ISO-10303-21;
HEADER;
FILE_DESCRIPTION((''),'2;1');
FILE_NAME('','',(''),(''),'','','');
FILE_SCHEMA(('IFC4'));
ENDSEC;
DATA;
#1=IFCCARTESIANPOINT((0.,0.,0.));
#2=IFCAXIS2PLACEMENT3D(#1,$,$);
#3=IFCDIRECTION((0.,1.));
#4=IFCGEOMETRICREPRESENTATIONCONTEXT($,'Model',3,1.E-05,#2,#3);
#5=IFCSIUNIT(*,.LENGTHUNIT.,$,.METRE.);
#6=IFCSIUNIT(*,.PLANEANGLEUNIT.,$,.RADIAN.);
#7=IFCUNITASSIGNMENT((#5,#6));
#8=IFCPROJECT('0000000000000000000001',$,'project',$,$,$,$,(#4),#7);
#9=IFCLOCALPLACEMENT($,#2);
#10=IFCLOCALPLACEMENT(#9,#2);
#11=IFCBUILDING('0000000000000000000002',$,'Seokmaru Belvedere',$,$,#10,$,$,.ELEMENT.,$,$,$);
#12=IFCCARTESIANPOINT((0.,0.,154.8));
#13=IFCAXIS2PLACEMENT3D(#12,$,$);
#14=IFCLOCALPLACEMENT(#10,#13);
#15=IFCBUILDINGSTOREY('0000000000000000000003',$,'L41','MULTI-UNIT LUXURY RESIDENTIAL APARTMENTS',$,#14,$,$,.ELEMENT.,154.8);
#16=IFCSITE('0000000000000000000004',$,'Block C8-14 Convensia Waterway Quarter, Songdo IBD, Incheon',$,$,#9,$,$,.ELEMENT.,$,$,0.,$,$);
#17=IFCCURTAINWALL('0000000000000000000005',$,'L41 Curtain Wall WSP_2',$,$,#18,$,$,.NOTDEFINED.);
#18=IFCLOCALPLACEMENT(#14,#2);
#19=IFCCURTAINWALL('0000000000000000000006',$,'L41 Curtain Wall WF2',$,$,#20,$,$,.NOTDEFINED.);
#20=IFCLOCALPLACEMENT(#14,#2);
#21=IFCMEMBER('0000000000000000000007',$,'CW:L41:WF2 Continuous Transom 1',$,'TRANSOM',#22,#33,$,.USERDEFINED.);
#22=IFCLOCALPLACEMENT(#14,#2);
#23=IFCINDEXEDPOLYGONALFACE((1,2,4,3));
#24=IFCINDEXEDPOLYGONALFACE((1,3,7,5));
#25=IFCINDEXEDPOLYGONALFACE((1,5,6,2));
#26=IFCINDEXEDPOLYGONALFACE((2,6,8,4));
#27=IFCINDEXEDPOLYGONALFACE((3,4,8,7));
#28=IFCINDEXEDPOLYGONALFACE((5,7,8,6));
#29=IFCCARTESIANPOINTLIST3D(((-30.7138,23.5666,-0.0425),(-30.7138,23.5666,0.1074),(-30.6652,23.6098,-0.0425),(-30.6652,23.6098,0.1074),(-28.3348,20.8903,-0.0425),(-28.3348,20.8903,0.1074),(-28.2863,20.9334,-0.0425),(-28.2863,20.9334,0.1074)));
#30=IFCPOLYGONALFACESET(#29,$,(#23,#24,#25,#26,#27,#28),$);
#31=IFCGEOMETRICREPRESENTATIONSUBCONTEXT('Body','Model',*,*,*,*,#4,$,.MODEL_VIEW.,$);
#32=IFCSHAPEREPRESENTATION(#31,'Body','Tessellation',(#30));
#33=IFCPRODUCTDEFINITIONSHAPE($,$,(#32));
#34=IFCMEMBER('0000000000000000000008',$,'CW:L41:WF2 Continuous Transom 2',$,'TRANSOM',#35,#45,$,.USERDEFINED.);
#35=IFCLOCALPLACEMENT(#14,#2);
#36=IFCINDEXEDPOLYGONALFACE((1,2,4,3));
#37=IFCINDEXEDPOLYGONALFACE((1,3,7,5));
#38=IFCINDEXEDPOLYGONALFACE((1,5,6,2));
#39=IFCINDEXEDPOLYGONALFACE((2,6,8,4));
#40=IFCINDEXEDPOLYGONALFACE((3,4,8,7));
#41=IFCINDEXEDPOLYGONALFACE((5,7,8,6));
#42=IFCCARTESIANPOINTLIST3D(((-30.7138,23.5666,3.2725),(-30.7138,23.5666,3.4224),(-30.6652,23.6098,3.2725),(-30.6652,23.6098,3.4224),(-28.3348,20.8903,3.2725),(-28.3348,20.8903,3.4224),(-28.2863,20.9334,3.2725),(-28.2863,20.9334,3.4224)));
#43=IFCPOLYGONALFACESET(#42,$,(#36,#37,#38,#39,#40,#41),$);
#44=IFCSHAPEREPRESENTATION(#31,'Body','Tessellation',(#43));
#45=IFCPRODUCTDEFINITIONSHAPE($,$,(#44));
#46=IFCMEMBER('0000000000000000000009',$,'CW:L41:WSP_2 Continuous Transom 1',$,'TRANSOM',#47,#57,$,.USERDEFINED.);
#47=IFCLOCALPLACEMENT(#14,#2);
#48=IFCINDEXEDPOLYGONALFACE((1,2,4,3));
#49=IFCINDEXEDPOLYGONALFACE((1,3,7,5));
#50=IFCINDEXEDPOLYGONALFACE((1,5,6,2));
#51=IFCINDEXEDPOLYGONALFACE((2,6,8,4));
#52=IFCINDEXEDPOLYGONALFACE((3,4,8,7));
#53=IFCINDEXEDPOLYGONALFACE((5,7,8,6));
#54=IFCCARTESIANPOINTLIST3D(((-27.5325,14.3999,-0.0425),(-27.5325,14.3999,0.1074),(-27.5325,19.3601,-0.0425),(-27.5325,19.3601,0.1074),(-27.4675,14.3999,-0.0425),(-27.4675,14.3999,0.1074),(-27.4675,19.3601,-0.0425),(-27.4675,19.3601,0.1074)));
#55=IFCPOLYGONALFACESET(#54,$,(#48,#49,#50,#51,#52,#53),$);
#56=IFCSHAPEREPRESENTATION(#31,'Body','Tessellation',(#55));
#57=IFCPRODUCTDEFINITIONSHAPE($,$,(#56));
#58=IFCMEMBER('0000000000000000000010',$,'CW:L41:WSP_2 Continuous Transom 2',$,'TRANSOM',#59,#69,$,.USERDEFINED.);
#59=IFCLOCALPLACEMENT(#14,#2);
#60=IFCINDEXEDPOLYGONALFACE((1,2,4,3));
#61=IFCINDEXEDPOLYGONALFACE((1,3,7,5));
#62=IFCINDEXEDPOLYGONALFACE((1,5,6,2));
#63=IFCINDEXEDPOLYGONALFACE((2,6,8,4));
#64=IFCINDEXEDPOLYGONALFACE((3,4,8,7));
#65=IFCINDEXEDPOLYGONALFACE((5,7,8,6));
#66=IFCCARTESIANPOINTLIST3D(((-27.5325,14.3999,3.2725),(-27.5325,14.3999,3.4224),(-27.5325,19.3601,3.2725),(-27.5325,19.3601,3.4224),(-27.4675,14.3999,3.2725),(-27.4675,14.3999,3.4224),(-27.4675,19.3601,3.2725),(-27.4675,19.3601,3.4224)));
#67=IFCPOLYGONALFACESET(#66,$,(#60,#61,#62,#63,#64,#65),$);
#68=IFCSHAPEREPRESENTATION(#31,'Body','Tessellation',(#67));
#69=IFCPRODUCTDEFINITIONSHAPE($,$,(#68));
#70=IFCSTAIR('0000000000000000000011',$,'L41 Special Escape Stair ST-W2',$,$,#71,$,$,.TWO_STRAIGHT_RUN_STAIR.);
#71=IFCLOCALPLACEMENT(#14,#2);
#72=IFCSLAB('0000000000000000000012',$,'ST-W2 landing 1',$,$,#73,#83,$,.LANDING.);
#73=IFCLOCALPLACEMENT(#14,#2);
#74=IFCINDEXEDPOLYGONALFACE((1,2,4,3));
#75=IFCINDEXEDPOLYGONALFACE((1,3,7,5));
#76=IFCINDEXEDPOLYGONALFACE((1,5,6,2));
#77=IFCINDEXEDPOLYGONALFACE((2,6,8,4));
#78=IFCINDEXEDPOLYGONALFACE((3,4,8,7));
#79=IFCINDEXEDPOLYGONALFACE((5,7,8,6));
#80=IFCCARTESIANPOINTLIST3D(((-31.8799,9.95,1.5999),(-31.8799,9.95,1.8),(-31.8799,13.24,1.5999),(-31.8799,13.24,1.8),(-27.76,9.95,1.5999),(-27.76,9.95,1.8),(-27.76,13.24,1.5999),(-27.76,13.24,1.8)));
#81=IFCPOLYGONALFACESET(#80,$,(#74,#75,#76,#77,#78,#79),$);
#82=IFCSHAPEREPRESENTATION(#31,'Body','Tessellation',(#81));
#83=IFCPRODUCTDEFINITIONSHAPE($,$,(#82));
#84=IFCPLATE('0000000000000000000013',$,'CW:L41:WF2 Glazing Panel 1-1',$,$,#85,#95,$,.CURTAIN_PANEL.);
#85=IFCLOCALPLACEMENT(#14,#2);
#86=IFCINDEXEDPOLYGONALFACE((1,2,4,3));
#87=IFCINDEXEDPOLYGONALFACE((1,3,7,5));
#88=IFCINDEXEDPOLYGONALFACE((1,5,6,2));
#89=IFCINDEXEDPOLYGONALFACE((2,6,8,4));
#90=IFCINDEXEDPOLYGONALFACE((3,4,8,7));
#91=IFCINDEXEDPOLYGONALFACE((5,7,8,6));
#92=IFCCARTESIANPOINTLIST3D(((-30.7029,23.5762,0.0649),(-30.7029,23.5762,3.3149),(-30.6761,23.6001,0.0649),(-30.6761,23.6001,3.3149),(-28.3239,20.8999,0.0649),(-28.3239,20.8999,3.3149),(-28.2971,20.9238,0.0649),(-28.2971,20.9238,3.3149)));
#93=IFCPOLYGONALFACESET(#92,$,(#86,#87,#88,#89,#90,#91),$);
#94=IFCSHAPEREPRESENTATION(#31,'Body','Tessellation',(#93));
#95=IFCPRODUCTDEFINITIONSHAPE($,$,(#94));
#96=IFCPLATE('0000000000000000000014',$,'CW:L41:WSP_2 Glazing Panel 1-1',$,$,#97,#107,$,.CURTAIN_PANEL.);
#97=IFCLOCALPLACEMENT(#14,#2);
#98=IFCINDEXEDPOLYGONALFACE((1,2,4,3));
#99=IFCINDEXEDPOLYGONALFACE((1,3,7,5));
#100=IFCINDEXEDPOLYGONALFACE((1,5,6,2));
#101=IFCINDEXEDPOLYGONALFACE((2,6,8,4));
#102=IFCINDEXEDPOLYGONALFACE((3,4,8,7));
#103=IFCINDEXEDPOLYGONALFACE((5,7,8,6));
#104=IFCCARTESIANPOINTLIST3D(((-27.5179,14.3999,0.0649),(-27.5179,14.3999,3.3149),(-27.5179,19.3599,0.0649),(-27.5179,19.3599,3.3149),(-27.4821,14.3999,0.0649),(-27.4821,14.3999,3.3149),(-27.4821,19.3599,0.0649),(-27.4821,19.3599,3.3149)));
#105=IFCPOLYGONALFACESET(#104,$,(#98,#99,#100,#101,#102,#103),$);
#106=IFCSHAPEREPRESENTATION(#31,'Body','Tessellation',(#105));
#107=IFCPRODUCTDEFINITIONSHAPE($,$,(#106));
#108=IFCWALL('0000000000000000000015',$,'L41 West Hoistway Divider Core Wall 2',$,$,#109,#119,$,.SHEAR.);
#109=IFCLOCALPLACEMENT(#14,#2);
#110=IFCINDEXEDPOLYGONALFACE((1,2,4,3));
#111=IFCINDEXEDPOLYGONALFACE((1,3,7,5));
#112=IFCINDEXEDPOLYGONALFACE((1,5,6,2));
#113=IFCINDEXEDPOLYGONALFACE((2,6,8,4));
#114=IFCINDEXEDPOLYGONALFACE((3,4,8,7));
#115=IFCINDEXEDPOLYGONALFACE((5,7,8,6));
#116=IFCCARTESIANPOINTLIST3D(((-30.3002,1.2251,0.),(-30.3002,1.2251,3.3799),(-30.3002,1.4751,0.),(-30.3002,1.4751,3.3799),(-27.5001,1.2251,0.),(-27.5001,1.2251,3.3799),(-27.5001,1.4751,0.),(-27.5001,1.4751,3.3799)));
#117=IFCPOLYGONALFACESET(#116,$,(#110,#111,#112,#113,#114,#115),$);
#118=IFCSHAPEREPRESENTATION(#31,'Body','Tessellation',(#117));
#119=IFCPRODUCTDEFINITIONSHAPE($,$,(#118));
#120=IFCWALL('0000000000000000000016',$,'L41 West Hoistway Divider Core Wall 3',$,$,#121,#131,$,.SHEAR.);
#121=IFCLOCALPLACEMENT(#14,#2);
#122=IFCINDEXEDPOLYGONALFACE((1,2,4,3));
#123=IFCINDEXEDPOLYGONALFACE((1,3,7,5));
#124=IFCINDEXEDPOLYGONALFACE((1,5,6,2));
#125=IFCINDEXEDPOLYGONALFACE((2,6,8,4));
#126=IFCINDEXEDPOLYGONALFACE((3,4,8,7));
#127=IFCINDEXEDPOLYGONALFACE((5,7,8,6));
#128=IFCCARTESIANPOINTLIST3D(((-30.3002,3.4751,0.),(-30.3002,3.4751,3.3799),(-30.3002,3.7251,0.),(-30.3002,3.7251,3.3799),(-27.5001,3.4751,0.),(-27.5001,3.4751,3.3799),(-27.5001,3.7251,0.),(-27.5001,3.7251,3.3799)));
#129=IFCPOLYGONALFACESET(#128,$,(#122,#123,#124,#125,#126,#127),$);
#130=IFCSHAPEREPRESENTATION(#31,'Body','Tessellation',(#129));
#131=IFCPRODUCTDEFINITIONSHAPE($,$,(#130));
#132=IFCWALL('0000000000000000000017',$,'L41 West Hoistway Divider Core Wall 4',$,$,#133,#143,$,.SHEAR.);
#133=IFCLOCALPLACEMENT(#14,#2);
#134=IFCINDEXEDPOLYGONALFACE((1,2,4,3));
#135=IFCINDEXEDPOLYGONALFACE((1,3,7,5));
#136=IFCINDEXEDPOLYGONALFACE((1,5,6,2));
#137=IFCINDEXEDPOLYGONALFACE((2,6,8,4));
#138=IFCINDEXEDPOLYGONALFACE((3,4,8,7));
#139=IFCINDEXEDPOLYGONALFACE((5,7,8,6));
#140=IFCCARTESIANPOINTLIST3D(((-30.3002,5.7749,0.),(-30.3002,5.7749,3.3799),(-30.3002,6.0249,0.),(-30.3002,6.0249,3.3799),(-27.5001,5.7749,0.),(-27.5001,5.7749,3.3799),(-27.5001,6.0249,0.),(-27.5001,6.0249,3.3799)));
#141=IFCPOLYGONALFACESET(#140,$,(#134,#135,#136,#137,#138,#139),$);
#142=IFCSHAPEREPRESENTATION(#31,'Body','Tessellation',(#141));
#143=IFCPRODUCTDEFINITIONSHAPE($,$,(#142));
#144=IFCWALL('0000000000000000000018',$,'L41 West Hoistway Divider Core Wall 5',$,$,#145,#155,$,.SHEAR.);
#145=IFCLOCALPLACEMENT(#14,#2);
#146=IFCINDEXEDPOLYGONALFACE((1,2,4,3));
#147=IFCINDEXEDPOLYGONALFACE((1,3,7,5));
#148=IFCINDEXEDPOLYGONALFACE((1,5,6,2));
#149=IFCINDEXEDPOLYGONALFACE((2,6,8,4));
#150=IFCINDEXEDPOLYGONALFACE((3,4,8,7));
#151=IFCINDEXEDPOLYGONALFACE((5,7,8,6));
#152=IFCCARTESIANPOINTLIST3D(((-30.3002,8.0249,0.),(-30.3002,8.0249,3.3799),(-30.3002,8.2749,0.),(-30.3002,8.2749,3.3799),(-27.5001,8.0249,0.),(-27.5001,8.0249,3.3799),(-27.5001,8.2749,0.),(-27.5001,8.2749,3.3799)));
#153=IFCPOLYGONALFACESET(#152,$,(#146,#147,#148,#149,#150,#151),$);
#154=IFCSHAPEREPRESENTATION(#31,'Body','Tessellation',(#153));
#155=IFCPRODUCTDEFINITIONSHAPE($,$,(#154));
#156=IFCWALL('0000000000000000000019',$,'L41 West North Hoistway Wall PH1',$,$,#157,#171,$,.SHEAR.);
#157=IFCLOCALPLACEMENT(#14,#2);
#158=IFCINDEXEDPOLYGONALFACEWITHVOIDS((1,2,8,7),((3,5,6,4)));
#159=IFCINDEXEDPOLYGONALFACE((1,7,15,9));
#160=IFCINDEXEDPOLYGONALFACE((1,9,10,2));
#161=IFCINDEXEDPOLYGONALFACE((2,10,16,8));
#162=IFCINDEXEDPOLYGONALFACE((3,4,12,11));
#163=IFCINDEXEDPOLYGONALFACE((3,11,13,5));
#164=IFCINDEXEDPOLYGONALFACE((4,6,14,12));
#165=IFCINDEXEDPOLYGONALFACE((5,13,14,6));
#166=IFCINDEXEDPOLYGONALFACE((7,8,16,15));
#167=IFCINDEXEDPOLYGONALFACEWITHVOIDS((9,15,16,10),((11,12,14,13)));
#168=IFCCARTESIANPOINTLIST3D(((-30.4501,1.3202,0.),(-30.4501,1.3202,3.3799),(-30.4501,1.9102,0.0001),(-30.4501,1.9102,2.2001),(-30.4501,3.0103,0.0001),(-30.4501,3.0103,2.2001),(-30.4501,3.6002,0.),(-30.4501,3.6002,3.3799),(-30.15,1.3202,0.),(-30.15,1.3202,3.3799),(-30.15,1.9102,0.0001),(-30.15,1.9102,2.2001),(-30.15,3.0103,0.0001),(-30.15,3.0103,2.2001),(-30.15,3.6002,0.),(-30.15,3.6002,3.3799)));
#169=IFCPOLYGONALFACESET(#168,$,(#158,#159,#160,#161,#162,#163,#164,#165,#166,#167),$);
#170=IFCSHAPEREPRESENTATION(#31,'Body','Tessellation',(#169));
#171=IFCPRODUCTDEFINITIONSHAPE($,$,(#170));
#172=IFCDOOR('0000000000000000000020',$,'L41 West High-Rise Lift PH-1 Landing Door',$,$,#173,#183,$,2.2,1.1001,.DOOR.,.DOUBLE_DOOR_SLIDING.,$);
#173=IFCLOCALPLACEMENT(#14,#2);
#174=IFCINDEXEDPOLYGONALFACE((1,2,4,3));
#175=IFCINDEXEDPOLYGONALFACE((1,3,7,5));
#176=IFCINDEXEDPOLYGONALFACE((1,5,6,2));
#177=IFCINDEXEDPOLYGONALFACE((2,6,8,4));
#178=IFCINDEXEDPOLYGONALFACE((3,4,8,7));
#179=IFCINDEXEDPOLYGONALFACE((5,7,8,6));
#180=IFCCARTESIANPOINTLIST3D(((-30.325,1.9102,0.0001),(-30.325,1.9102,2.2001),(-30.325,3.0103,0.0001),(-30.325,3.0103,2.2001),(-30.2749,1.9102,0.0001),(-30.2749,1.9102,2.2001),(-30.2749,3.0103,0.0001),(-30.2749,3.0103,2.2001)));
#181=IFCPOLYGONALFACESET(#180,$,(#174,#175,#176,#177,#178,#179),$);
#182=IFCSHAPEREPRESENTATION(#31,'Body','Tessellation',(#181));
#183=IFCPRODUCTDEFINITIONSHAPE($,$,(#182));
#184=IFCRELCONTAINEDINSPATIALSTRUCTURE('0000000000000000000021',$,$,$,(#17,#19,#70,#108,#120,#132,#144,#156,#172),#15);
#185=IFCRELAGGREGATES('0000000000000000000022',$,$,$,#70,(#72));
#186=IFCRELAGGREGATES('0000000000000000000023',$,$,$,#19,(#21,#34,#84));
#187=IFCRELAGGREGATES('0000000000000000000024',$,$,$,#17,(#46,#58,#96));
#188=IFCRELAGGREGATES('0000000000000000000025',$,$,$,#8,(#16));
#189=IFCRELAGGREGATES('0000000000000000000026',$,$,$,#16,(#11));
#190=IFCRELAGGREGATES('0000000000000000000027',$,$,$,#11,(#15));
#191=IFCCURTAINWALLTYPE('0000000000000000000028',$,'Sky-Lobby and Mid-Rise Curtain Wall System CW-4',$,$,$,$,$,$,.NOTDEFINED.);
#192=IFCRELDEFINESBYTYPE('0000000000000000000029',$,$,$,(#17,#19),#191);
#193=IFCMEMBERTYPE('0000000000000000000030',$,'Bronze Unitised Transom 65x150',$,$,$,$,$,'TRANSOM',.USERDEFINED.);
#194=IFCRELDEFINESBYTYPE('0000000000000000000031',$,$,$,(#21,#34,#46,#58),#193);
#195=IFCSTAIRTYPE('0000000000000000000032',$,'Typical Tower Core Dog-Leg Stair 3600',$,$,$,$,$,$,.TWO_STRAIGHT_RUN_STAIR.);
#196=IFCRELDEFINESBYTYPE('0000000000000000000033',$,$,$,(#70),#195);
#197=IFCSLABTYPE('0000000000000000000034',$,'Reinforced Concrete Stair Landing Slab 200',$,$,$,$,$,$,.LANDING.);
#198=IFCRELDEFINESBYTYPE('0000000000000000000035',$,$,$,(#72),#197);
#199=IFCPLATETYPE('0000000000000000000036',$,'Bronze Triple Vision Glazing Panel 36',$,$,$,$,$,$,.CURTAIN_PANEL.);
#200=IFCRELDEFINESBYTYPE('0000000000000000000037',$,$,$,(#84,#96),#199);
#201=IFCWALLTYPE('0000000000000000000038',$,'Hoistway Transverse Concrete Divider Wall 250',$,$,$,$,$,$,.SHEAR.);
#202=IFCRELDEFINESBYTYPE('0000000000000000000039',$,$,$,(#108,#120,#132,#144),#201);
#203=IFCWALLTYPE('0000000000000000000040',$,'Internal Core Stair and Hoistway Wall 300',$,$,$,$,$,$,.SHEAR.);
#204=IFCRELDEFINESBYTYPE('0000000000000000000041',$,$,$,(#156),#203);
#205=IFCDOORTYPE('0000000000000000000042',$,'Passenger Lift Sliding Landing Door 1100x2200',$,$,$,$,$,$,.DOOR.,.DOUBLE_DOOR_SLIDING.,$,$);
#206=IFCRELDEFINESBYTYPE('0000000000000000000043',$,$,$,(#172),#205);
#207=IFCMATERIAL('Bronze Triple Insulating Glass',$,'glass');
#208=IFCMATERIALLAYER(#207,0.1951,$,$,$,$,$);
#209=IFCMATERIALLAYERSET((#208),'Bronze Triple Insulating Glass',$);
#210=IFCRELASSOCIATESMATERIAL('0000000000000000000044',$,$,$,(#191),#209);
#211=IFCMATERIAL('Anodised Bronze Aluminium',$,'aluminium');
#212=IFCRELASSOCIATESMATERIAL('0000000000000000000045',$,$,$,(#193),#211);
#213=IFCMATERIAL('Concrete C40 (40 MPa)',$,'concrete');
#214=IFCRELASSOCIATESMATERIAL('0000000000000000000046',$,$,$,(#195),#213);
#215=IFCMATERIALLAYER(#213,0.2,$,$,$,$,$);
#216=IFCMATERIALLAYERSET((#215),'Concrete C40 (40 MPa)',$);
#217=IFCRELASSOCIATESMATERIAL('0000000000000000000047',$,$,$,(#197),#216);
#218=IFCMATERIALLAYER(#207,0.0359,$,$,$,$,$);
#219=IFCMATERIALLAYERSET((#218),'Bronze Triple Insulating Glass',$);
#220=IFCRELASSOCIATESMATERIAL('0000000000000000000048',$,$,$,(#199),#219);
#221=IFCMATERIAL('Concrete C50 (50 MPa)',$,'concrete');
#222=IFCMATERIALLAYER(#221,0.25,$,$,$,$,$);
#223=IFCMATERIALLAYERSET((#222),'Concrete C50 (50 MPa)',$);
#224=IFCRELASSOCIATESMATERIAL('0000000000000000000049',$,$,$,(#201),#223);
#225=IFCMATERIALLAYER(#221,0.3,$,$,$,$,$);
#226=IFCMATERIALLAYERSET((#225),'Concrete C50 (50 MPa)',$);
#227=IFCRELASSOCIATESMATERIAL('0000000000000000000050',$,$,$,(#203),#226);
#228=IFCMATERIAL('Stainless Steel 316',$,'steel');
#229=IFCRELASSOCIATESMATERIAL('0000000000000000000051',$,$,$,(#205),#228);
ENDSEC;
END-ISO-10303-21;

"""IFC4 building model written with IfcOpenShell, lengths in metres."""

from ifc_helpers import new_model, si_unit, direction, frame, frame_2d, origin, origin_2d, place, context, subcontext, project, spatial, polyline, rectangle, outline, extrude, source, transform, mapped, material, layer, layer_set, material_profile, profile_set, type_object, type_shapes, element, fill, aggregate, save


model = new_model("IFC4")

# Units and contexts
model_context = context("Model", 3, precision=1e-05, world=origin(), true_north=direction((0.0, 1.0)))
body_context = subcontext(model_context, "Body", "Model", "MODEL_VIEW")
ifc_project = project(units=[si_unit("LENGTHUNIT", "METRE"), si_unit("PLANEANGLEUNIT", "RADIAN")], contexts=[model_context])

# Site, building, storey
site_placement = place(None, origin())
site = spatial("IfcSite", under=ifc_project, at=site_placement, Name="Block C8-14 Convensia Waterway Quarter, Songdo IBD, Incheon", CompositionType="ELEMENT", RefElevation=0.0)
building_placement = place(site_placement, origin())
building = spatial("IfcBuilding", under=site, at=building_placement, Name="Seokmaru Belvedere", CompositionType="ELEMENT")
storey_placement = place(building_placement, frame((0.0, 0.0, 154.8)))
storey = spatial("IfcBuildingStorey", under=building, at=storey_placement, Name="L41", Description="MULTI-UNIT LUXURY RESIDENTIAL APARTMENTS", CompositionType="ELEMENT", Elevation=154.8)

# Curtain walls, members
ifc_material_1 = material(Name="Bronze Triple Insulating Glass", Category="glass")
ifc_layer_1 = layer(ifc_material_1, 0.1951)
ifc_layer_set_1 = layer_set([ifc_layer_1], Name="Bronze Triple Insulating Glass")
curtain_wall_type = type_object("IfcCurtainWallType", Name="Sky-Lobby and Mid-Rise Curtain Wall System CW-4", PredefinedType="NOTDEFINED", material=ifc_layer_set_1)
curtain_wall_1_placement = place(storey_placement, origin())
curtain_wall_1 = element("IfcCurtainWall", 1, at=curtain_wall_1_placement, inside=storey, type_object=curtain_wall_type, Name="L41 Curtain Wall WSP_2", PredefinedType="NOTDEFINED")
ifc_material_2 = material(Name="Anodised Bronze Aluminium", Category="aluminium")
curtain_wall_2_placement = place(storey_placement, origin())
curtain_wall_2 = element("IfcCurtainWall", 2, at=curtain_wall_2_placement, inside=storey, type_object=curtain_wall_type, Name="L41 Curtain Wall WF2", PredefinedType="NOTDEFINED")
ifc_material_profile_1 = material_profile(ifc_material_2, rectangle(XDim=0.0649, YDim=0.1499, at=origin_2d()), Name="CW-T-65x150")
ifc_profile_set_1 = profile_set([ifc_material_profile_1], Name="Anodised Bronze Aluminium")
member_type_1 = type_object("IfcMemberType", Name="Bronze Unitised Transom 65x150", ElementType="TRANSOM", PredefinedType="USERDEFINED", material=ifc_profile_set_1)
shared_shape_1 = source(origin(), body_context, "Body", "SweptSolid", [
    extrude(rectangle(XDim=0.0649, YDim=0.1499, at=origin_2d()), origin(), (0.0, 0.0, 1.0), 3.5808),
])
member_1_placement = place(storey_placement, frame((-28.3105, 20.9119, 0.0325), z_axis=(-0.664364, 0.747409, 0.0), x_axis=(-0.747409, -0.664364, 0.0)))
member_1 = element("IfcMember", 3, at=member_1_placement, type_object=member_type_1, Name="CW:L41:WF2 Continuous Transom 1", ObjectType="TRANSOM", PredefinedType="USERDEFINED", context=body_context, shape_type="MappedRepresentation", body=[
    mapped(shared_shape_1, transform((0.0, 0.0, 0.0), scale=1.0)),
])
member_2_placement = place(storey_placement, frame((-28.3105, 20.9119, 3.3474), z_axis=(-0.664364, 0.747409, 0.0), x_axis=(-0.747409, -0.664364, 0.0)))
member_2 = element("IfcMember", 4, at=member_2_placement, type_object=member_type_1, Name="CW:L41:WF2 Continuous Transom 2", ObjectType="TRANSOM", PredefinedType="USERDEFINED", context=body_context, shape_type="MappedRepresentation", body=[
    mapped(shared_shape_1, transform((0.0, 0.0, 0.0), scale=1.0)),
])

# Members
shared_shape_2 = source(origin(), body_context, "Body", "SweptSolid", [
    extrude(rectangle(XDim=0.0649, YDim=0.1499, at=origin_2d()), origin(), (0.0, 0.0, 1.0), 4.9602),
])
type_shapes(member_type_1, [shared_shape_1, shared_shape_2])
member_3_placement = place(storey_placement, frame((-27.5, 14.3999, 0.0325), z_axis=(0.0, 1.0, 0.0), x_axis=(-1.0, 0.0, 0.0)))
member_3 = element("IfcMember", 5, at=member_3_placement, type_object=member_type_1, Name="CW:L41:WSP_2 Continuous Transom 1", ObjectType="TRANSOM", PredefinedType="USERDEFINED", context=body_context, shape_type="MappedRepresentation", body=[
    mapped(shared_shape_2, transform((0.0, 0.0, 0.0), scale=1.0)),
])
member_4_placement = place(storey_placement, frame((-27.5, 14.3999, 3.3474), z_axis=(0.0, 1.0, 0.0), x_axis=(-1.0, 0.0, 0.0)))
member_4 = element("IfcMember", 6, at=member_4_placement, type_object=member_type_1, Name="CW:L41:WSP_2 Continuous Transom 2", ObjectType="TRANSOM", PredefinedType="USERDEFINED", context=body_context, shape_type="MappedRepresentation", body=[
    mapped(shared_shape_2, transform((0.0, 0.0, 0.0), scale=1.0)),
])

# Stair, slab
ifc_material_3 = material(Name="Concrete C40 (40 MPa)", Category="concrete")
stair_type = type_object("IfcStairType", Name="Typical Tower Core Dog-Leg Stair 3600", PredefinedType="TWO_STRAIGHT_RUN_STAIR", material=ifc_material_3)
stair_placement = place(storey_placement, origin())
stair = element("IfcStair", 7, at=stair_placement, inside=storey, type_object=stair_type, Name="L41 Special Escape Stair ST-W2", PredefinedType="TWO_STRAIGHT_RUN_STAIR")
ifc_layer_2 = layer(ifc_material_3, 0.2)
ifc_layer_set_2 = layer_set([ifc_layer_2], Name="Concrete C40 (40 MPa)")
slab_type = type_object("IfcSlabType", Name="Reinforced Concrete Stair Landing Slab 200", PredefinedType="LANDING", material=ifc_layer_set_2)
slab_placement = place(storey_placement, frame((0.0, 0.0, 1.5999)))
slab = element("IfcSlab", 8, at=slab_placement, type_object=slab_type, Name="ST-W2 landing 1", PredefinedType="LANDING", context=body_context, shape_type="SweptSolid", body=[
    extrude(outline(polyline([(-31.8799, 9.95), (-27.76, 9.95), (-27.76, 13.24), (-31.8799, 13.24), (-31.8799, 9.95)])), origin(), (0.0, 0.0, 1.0), 0.2002),
])
aggregate(stair, [slab])

# Plates
ifc_layer_3 = layer(ifc_material_1, 0.0359)
ifc_layer_set_3 = layer_set([ifc_layer_3], Name="Bronze Triple Insulating Glass")
plate_type = type_object("IfcPlateType", Name="Bronze Triple Vision Glazing Panel 36", PredefinedType="CURTAIN_PANEL", material=ifc_layer_set_3)
shared_shape_3 = source(origin(), body_context, "Body", "SweptSolid", [
    extrude(rectangle(XDim=3.5808, YDim=0.0359, at=origin_2d()), origin(), (0.0, 0.0, 1.0), 3.25),
])
plate_1_placement = place(storey_placement, frame((-29.5, 22.25, 0.0649), z_axis=(0.0, 0.0, 1.0), x_axis=(-0.664363, 0.74741, 0.0)))
plate_1 = element("IfcPlate", 9, at=plate_1_placement, type_object=plate_type, Name="CW:L41:WF2 Glazing Panel 1-1", PredefinedType="CURTAIN_PANEL", context=body_context, shape_type="MappedRepresentation", body=[
    mapped(shared_shape_3, transform((0.0, 0.0, 0.0), scale=1.0)),
])
aggregate(curtain_wall_2, [member_1, member_2, plate_1])
shared_shape_4 = source(origin(), body_context, "Body", "SweptSolid", [
    extrude(rectangle(XDim=4.96, YDim=0.0359, at=origin_2d()), origin(), (0.0, 0.0, 1.0), 3.25),
])
type_shapes(plate_type, [shared_shape_3, shared_shape_4])
plate_2_placement = place(storey_placement, frame((-27.5, 16.8799, 0.0649), z_axis=(0.0, 0.0, 1.0), x_axis=(0.0, 1.0, 0.0)))
plate_2 = element("IfcPlate", 10, at=plate_2_placement, type_object=plate_type, Name="CW:L41:WSP_2 Glazing Panel 1-1", PredefinedType="CURTAIN_PANEL", context=body_context, shape_type="MappedRepresentation", body=[
    mapped(shared_shape_4, transform((0.0, 0.0, 0.0), scale=1.0)),
])
aggregate(curtain_wall_1, [member_3, member_4, plate_2])

# Walls
ifc_material_4 = material(Name="Concrete C50 (50 MPa)", Category="concrete")
ifc_layer_4 = layer(ifc_material_4, 0.25)
ifc_layer_set_4 = layer_set([ifc_layer_4], Name="Concrete C50 (50 MPa)")
wall_type_1 = type_object("IfcWallType", Name="Hoistway Transverse Concrete Divider Wall 250", PredefinedType="SHEAR", material=ifc_layer_set_4)
for number, where, z_axis, x_axis, name in (
    (11, (-30.3, 1.3501, 0.0), (0.0, 0.0, 1.0), (1.0, 0.0, 0.0), "L41 West Hoistway Divider Core Wall 2"),
    (12, (-30.3, 3.6001, 0.0), (0.0, 0.0, 1.0), (1.0, 0.0, 0.0), "L41 West Hoistway Divider Core Wall 3"),
    (13, (-30.3, 5.8999, 0.0), (0.0, 0.0, 1.0), (1.0, 0.0, 0.0), "L41 West Hoistway Divider Core Wall 4"),
    (14, (-30.3, 8.1499, 0.0), (0.0, 0.0, 1.0), (1.0, 0.0, 0.0), "L41 West Hoistway Divider Core Wall 5"),
):
    element("IfcWall", number, at=place(storey_placement, frame(where, z_axis=z_axis, x_axis=x_axis)), inside=storey, type_object=wall_type_1, Name=name, PredefinedType="SHEAR", context=body_context, shape_type="SweptSolid", body=[
        extrude(rectangle(XDim=2.8, YDim=0.25, at=frame_2d((1.3999, 0.0))), origin(), (0.0, 0.0, 1.0), 3.3799),
    ])

# Wall, opening, door
ifc_layer_5 = layer(ifc_material_4, 0.3)
ifc_layer_set_5 = layer_set([ifc_layer_5], Name="Concrete C50 (50 MPa)")
wall_type_2 = type_object("IfcWallType", Name="Internal Core Stair and Hoistway Wall 300", PredefinedType="SHEAR", material=ifc_layer_set_5)
wall_1_placement = place(storey_placement, frame((-30.3, 1.3201, 0.0), z_axis=(0.0, 0.0, 1.0), x_axis=(0.0, 1.0, 0.0)))
wall_1 = element("IfcWall", 15, at=wall_1_placement, inside=storey, type_object=wall_type_2, Name="L41 West North Hoistway Wall PH1", PredefinedType="SHEAR", context=body_context, shape_type="SweptSolid", body=[
    extrude(rectangle(XDim=2.28, YDim=0.3, at=frame_2d((1.1401, 0.0))), origin(), (0.0, 0.0, 1.0), 3.3799),
])
opening_1_placement = place(wall_1_placement, frame((0.5901, 0.0, 0.0)))
opening_1 = element("IfcOpeningElement", 16, at=opening_1_placement, cuts=wall_1, PredefinedType="OPENING", context=body_context, shape_type="SweptSolid", body=[
    extrude(rectangle(XDim=1.1001, YDim=2.2, at=frame_2d((0.55, 1.1001))), frame((0.0, 0.1602, 0.0), z_axis=(0.0, -1.0, 0.0), x_axis=(1.0, 0.0, 0.0)), (0.0, 0.0, 1.0), 0.3201),
])
ifc_material_5 = material(Name="Stainless Steel 316", Category="steel")
door_type_1 = type_object("IfcDoorType", Name="Passenger Lift Sliding Landing Door 1100x2200", OperationType="DOUBLE_DOOR_SLIDING", PredefinedType="DOOR", material=ifc_material_5)
shared_shape_5 = source(origin(), body_context, "Body", "SweptSolid", [
    extrude(rectangle(XDim=1.1001, YDim=2.2, at=frame_2d((0.55, 1.1001))), frame((0.0, 0.0249, 0.0), z_axis=(0.0, -1.0, 0.0), x_axis=(1.0, 0.0, 0.0)), (0.0, 0.0, 1.0), 0.05),
])
type_shapes(door_type_1, [shared_shape_5])
door_1_placement = place(opening_1_placement, origin())
door_1 = element("IfcDoor", 17, at=door_1_placement, inside=storey, type_object=door_type_1, Name="L41 West High-Rise Lift PH-1 Landing Door", OperationType="DOUBLE_DOOR_SLIDING", OverallHeight=2.2, OverallWidth=1.1001, PredefinedType="DOOR", context=body_context, shape_type="MappedRepresentation", body=[
    mapped(shared_shape_5, transform((0.0, 0.0, 0.0), scale=1.0)),
])
fill(opening_1, door_1)

save(model, "model.ifc")
